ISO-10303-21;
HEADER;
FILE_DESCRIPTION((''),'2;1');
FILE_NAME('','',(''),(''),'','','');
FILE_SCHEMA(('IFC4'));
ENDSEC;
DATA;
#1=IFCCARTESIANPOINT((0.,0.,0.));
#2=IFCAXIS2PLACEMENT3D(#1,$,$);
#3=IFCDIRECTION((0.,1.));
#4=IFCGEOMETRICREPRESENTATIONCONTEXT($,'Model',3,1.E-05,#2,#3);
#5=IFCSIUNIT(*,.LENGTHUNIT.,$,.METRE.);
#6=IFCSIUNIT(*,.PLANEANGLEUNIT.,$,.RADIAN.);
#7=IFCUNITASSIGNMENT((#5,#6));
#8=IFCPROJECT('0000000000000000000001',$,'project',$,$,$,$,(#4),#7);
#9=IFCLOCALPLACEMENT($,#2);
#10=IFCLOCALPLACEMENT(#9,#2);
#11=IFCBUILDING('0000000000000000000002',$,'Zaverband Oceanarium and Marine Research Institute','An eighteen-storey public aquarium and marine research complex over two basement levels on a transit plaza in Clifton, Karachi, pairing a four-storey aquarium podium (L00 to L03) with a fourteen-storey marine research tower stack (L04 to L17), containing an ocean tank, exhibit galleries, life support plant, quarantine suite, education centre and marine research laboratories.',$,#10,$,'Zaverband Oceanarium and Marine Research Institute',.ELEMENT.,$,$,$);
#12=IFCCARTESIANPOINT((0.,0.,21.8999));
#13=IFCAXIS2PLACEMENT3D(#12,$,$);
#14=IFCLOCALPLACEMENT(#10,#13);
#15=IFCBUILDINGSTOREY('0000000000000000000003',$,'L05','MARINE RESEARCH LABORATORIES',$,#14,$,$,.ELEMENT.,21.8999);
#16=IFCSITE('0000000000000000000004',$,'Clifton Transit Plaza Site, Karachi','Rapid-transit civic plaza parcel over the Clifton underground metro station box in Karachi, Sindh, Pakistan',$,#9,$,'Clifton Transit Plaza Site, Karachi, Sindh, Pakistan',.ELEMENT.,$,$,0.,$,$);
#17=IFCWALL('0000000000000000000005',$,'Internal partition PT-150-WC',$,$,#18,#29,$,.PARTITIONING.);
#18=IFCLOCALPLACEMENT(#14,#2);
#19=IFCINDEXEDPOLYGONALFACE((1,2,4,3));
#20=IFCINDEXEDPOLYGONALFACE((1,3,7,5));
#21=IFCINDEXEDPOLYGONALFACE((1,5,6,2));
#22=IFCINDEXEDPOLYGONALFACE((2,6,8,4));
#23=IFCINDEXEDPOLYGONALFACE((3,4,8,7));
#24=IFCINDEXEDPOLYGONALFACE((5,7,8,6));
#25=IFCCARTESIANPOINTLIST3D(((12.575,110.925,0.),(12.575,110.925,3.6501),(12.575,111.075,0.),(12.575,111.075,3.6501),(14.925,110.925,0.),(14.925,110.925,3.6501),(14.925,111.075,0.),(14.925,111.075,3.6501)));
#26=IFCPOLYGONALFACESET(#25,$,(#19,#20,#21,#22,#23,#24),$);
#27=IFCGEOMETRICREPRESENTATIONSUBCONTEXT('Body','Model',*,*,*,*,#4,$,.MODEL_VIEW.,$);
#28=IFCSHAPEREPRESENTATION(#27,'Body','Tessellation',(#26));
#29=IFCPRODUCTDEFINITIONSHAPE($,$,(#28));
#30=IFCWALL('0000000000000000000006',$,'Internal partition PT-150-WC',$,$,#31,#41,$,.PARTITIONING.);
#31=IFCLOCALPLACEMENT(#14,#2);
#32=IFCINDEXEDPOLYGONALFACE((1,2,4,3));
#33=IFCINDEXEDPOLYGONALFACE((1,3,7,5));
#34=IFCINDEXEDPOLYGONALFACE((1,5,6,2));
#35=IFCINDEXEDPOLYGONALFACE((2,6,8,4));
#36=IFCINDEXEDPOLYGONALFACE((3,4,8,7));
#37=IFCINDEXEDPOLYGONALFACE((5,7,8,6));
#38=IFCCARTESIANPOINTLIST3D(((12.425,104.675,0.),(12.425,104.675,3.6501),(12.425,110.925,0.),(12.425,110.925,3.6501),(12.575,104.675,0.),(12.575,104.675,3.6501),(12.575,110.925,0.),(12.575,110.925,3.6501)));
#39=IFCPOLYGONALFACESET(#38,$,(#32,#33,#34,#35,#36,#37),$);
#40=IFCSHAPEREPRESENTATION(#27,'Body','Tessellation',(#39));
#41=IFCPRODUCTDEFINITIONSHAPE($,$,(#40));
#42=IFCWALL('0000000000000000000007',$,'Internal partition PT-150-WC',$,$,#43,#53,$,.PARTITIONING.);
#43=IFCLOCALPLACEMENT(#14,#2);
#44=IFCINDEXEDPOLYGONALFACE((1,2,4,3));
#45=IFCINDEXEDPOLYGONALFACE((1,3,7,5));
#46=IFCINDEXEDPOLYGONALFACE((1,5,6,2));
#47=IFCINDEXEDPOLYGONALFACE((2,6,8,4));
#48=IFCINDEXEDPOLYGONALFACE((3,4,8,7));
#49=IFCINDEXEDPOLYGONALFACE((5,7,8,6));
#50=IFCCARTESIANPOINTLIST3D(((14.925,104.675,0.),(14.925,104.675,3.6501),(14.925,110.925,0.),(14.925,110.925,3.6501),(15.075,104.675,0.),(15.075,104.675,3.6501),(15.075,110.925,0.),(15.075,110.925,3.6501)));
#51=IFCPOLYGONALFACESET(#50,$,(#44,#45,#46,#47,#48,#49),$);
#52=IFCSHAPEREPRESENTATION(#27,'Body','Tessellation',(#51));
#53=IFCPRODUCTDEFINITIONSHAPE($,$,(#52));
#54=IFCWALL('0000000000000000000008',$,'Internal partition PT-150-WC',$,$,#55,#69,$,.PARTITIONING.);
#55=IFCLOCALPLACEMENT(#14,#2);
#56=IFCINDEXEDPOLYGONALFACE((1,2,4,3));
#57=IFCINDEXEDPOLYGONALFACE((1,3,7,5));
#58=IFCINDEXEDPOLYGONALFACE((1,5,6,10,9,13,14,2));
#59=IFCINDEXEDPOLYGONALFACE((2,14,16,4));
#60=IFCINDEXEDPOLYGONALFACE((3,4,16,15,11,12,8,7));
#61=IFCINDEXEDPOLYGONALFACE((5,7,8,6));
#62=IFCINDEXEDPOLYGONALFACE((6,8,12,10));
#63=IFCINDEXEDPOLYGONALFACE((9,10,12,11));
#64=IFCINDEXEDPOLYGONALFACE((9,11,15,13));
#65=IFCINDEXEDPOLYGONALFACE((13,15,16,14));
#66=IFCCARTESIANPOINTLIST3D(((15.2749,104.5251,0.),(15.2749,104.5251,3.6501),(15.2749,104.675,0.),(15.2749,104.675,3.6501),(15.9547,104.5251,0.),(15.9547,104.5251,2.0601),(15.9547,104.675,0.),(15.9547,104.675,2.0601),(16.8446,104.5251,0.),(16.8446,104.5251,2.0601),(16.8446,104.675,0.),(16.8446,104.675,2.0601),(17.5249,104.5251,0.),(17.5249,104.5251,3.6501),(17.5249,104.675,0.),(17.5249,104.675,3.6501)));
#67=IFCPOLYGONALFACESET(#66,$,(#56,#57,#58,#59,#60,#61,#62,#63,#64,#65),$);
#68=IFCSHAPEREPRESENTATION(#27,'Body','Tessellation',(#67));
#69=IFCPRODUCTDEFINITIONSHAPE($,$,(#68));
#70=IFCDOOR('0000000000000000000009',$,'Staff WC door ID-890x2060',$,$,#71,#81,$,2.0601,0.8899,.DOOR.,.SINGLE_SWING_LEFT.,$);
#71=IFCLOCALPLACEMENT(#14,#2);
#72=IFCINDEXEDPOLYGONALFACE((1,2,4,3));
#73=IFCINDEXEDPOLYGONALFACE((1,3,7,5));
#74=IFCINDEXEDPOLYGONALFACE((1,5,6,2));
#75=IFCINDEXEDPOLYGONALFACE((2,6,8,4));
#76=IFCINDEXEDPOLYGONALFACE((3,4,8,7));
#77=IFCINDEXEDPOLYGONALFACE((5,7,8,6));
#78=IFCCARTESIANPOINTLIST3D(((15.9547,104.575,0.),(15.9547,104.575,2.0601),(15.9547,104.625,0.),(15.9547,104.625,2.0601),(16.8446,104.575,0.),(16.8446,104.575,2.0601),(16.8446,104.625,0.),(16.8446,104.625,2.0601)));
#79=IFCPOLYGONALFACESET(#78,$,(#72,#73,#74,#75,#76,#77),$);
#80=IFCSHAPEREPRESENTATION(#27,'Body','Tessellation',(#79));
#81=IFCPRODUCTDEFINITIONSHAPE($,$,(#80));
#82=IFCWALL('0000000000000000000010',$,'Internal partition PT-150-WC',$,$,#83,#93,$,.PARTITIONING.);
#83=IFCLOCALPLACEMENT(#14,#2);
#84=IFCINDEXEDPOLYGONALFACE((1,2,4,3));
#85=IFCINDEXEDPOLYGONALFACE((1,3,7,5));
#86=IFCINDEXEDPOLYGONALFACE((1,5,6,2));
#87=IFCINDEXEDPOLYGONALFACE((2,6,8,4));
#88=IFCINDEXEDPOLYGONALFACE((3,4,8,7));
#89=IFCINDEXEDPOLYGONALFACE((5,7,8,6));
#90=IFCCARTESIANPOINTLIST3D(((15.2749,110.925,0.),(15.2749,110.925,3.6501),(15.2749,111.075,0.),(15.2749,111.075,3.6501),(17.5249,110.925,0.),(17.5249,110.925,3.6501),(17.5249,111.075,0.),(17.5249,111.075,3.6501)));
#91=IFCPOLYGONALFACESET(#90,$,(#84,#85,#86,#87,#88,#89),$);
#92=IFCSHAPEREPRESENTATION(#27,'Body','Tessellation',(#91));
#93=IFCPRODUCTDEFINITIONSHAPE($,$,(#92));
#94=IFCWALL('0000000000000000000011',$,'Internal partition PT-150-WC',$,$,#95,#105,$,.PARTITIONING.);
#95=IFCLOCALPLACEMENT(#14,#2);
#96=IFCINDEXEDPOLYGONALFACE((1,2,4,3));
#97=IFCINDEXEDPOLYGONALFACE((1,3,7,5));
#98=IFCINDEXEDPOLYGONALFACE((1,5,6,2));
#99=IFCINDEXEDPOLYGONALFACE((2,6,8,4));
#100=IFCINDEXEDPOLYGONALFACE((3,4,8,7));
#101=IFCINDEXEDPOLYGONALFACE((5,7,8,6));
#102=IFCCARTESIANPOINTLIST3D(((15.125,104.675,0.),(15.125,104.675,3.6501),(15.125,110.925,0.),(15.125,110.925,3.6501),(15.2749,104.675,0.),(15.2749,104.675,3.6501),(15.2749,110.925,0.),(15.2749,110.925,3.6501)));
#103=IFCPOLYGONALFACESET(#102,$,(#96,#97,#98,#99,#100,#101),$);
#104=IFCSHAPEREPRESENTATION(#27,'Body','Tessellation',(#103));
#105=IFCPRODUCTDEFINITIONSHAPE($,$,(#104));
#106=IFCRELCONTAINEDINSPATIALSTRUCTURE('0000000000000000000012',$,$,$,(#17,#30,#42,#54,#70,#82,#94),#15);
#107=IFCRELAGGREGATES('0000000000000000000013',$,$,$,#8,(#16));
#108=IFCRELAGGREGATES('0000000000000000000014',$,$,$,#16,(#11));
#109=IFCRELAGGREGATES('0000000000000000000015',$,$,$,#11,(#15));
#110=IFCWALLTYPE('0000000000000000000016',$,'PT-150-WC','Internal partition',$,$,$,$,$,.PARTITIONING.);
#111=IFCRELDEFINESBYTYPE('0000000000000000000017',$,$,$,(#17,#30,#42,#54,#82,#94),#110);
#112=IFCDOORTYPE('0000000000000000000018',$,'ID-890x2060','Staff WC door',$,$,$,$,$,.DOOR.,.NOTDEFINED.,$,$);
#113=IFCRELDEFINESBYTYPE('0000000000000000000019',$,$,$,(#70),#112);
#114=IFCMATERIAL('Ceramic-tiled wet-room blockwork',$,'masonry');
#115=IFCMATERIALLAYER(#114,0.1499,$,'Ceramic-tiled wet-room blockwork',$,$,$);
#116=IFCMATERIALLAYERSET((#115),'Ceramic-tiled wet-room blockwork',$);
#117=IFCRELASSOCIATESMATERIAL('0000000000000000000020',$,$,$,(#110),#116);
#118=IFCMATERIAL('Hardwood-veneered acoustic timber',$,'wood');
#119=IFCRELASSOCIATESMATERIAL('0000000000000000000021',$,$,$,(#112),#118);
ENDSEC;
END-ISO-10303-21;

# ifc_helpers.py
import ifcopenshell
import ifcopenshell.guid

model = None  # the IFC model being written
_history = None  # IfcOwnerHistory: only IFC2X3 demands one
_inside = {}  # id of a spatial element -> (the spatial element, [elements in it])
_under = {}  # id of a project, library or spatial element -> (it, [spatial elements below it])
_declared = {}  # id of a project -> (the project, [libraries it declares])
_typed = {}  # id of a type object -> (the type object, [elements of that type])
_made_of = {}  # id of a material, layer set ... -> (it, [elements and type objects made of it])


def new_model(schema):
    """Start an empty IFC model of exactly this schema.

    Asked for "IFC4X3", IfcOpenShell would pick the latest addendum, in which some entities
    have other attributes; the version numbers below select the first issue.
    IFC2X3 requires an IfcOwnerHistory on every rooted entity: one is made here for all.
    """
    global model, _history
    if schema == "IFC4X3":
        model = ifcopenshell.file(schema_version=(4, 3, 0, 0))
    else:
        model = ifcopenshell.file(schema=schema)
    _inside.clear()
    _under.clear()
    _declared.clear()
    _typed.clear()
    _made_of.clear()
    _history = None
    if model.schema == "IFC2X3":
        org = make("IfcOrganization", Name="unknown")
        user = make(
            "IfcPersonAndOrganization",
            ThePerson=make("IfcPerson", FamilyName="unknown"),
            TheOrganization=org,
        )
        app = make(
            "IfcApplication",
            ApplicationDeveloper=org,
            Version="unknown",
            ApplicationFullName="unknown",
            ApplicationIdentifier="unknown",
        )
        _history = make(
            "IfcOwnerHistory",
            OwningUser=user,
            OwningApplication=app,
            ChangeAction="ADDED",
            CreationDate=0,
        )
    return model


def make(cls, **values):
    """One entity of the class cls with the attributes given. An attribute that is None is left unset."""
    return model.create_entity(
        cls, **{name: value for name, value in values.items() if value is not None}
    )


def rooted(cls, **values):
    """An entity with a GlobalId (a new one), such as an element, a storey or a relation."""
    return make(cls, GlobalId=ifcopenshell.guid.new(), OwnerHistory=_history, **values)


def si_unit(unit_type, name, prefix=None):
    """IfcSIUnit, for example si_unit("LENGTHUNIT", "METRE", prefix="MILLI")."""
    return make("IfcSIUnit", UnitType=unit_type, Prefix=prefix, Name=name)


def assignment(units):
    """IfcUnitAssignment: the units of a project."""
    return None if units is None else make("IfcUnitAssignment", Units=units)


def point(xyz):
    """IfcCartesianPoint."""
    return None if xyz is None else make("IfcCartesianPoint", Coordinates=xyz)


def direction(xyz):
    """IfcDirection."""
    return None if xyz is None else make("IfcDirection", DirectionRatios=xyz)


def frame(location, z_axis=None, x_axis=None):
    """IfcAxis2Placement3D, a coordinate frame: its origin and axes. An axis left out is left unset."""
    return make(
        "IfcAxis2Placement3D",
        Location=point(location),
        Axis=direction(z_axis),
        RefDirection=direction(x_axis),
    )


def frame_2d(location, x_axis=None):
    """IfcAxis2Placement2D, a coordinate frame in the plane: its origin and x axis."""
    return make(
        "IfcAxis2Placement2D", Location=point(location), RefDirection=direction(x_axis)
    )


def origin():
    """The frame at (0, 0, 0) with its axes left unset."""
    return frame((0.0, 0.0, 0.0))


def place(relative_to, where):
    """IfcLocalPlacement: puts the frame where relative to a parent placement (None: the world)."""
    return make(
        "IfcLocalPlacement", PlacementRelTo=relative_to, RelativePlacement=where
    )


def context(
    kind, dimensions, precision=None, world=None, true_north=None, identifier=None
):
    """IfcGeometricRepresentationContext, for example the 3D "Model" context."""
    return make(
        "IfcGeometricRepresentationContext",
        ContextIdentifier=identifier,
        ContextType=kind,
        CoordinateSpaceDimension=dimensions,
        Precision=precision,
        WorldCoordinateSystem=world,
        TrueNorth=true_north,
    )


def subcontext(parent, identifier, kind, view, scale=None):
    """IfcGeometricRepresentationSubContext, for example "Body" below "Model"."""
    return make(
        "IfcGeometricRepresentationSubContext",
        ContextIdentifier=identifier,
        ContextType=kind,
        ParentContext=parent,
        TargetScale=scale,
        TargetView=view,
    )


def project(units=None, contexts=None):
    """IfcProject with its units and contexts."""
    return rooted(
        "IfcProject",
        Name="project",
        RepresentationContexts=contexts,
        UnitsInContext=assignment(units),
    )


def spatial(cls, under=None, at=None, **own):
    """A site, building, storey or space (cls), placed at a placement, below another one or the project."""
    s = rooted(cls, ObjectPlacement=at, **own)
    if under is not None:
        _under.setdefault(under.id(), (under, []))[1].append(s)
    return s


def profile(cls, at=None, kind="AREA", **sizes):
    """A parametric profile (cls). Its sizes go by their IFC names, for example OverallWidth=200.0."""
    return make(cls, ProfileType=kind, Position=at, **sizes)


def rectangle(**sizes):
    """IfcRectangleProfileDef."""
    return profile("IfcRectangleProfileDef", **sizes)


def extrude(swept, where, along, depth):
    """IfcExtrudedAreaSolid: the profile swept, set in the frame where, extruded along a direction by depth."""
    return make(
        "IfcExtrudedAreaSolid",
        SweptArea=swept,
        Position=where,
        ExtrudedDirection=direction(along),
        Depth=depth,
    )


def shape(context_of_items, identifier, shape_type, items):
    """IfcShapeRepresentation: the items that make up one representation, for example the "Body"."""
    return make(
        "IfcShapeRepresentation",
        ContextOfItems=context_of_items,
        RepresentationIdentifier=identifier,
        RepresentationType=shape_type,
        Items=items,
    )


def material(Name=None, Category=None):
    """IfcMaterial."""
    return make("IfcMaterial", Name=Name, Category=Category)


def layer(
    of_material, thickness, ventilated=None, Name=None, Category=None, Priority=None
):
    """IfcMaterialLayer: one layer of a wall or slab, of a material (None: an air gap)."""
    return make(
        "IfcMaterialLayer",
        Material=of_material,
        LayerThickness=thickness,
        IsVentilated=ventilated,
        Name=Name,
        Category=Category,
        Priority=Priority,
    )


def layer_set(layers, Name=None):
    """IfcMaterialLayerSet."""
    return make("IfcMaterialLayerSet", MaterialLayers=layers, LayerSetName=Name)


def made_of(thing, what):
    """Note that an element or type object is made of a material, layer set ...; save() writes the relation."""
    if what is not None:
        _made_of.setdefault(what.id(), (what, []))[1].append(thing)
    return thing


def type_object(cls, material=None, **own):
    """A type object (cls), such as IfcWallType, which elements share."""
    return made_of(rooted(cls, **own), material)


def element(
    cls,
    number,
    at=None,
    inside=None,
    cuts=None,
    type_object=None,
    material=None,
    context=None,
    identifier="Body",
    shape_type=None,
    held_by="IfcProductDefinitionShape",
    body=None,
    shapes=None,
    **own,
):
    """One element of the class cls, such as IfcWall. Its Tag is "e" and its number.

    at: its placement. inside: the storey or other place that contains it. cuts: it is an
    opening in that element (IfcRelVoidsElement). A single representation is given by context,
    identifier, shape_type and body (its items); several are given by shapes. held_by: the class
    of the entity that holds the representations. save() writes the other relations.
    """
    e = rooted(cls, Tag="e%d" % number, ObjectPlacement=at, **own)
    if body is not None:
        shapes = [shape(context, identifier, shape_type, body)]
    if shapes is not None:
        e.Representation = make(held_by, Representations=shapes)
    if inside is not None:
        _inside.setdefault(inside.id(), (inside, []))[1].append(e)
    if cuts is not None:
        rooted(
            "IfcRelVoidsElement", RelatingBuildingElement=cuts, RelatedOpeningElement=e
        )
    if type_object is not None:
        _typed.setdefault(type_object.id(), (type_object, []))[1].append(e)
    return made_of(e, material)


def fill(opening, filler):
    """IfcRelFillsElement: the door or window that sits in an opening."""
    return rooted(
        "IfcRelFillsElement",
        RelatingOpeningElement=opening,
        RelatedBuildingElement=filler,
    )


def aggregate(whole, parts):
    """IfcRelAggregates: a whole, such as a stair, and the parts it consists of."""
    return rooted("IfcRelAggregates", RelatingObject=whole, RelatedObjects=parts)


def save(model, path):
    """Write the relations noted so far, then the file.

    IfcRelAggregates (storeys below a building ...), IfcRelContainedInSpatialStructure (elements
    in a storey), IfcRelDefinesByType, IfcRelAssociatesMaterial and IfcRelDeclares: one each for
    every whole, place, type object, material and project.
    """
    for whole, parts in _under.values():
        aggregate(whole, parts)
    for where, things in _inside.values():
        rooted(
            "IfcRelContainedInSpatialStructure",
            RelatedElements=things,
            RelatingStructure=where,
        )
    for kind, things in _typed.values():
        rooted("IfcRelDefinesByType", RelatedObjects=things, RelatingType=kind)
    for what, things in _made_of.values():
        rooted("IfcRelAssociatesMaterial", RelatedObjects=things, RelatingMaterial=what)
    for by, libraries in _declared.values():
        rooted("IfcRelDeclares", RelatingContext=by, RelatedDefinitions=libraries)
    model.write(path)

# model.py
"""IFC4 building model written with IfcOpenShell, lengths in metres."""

from ifc_helpers import new_model, si_unit, direction, frame, frame_2d, origin, place, context, subcontext, project, spatial, rectangle, extrude, material, layer, layer_set, type_object, element, fill, save


model = new_model("IFC4")

# Units and contexts
model_context = context("Model", 3, precision=1e-05, world=origin(), true_north=direction((0.0, 1.0)))
body_context = subcontext(model_context, "Body", "Model", "MODEL_VIEW")
ifc_project = project(units=[si_unit("LENGTHUNIT", "METRE"), si_unit("PLANEANGLEUNIT", "RADIAN")], contexts=[model_context])

# Site, building, storey
site_placement = place(None, origin())
site = spatial("IfcSite", under=ifc_project, at=site_placement, Name="Clifton Transit Plaza Site, Karachi", Description="Rapid-transit civic plaza parcel over the Clifton underground metro station box in Karachi, Sindh, Pakistan", LongName="Clifton Transit Plaza Site, Karachi, Sindh, Pakistan", CompositionType="ELEMENT", RefElevation=0.0)
building_placement = place(site_placement, origin())
building = spatial("IfcBuilding", under=site, at=building_placement, Name="Zaverband Oceanarium and Marine Research Institute", Description="An eighteen-storey public aquarium and marine research complex over two basement levels on a transit plaza in Clifton, Karachi, pairing a four-storey aquarium podium (L00 to L03) with a fourteen-storey marine research tower stack (L04 to L17), containing an ocean tank, exhibit galleries, life support plant, quarantine suite, education centre and marine research laboratories.", LongName="Zaverband Oceanarium and Marine Research Institute", CompositionType="ELEMENT")
storey_placement = place(building_placement, frame((0.0, 0.0, 21.8999)))
storey = spatial("IfcBuildingStorey", under=building, at=storey_placement, Name="L05", Description="MARINE RESEARCH LABORATORIES", CompositionType="ELEMENT", Elevation=21.8999)

# Shared definitions
ifc_material_1 = material(Name="Ceramic-tiled wet-room blockwork", Category="masonry")
ifc_layer_1 = layer(ifc_material_1, 0.1499, Name="Ceramic-tiled wet-room blockwork")
ifc_layer_set_1 = layer_set([ifc_layer_1], Name="Ceramic-tiled wet-room blockwork")
wall_type_1 = type_object("IfcWallType", Name="PT-150-WC", Description="Internal partition", PredefinedType="PARTITIONING", material=ifc_layer_set_1)
ifc_material_2 = material(Name="Hardwood-veneered acoustic timber", Category="wood")

# Walls
wall_1_placement = place(storey_placement, frame((12.575, 111.0, 0.0), z_axis=(0.0, 0.0, 1.0), x_axis=(1.0, 0.0, 0.0)))
element("IfcWall", 1, at=wall_1_placement, inside=storey, type_object=wall_type_1, Name="Internal partition PT-150-WC", PredefinedType="PARTITIONING", context=body_context, shape_type="SweptSolid", body=[
    extrude(rectangle(XDim=2.3501, YDim=0.1499, at=frame_2d((1.175, 0.0))), origin(), (0.0, 0.0, 1.0), 3.6501),
])
for number, where, z_axis, x_axis, name in (
    (2, (12.5, 104.675, 0.0), (0.0, 0.0, 1.0), (0.0, 1.0, 0.0), "Internal partition PT-150-WC"),
    (3, (15.0, 104.675, 0.0), (0.0, 0.0, 1.0), (0.0, 1.0, 0.0), "Internal partition PT-150-WC"),
):
    element("IfcWall", number, at=place(storey_placement, frame(where, z_axis=z_axis, x_axis=x_axis)), inside=storey, type_object=wall_type_1, Name=name, PredefinedType="PARTITIONING", context=body_context, shape_type="SweptSolid", body=[
        extrude(rectangle(XDim=6.25, YDim=0.1499, at=frame_2d((3.125, 0.0))), origin(), (0.0, 0.0, 1.0), 3.6501),
    ])

# Wall, opening, door
wall_2_placement = place(storey_placement, frame((15.2749, 104.6001, 0.0), z_axis=(0.0, 0.0, 1.0), x_axis=(1.0, 0.0, 0.0)))
wall_2 = element("IfcWall", 4, at=wall_2_placement, inside=storey, type_object=wall_type_1, Name="Internal partition PT-150-WC", PredefinedType="PARTITIONING", context=body_context, shape_type="SweptSolid", body=[
    extrude(rectangle(XDim=2.25, YDim=0.1499, at=frame_2d((1.125, 0.0))), origin(), (0.0, 0.0, 1.0), 3.6501),
])
opening_1_placement = place(wall_2_placement, frame((0.6799, 0.0, 0.0)))
opening_1 = element("IfcOpeningElement", 5, at=opening_1_placement, cuts=wall_2, PredefinedType="OPENING", context=body_context, shape_type="SweptSolid", body=[
    extrude(rectangle(XDim=0.8899, YDim=2.0601, at=frame_2d((0.4448, 1.03))), frame((0.0, 0.0869, 0.0), z_axis=(0.0, -1.0, 0.0), x_axis=(1.0, 0.0, 0.0)), (0.0, 0.0, 1.0), 0.1738),
])
door_type_1 = type_object("IfcDoorType", Name="ID-890x2060", Description="Staff WC door", OperationType="NOTDEFINED", PredefinedType="DOOR", material=ifc_material_2)
door_1_placement = place(opening_1_placement, origin())
door_1 = element("IfcDoor", 6, at=door_1_placement, inside=storey, type_object=door_type_1, Name="Staff WC door ID-890x2060", OperationType="SINGLE_SWING_LEFT", OverallHeight=2.0601, OverallWidth=0.8899, PredefinedType="DOOR", context=body_context, shape_type="SweptSolid", body=[
    extrude(rectangle(XDim=0.8899, YDim=2.0601, at=frame_2d((0.4448, 1.03))), frame((0.0, 0.0249, 0.0), z_axis=(0.0, -1.0, 0.0), x_axis=(1.0, 0.0, 0.0)), (0.0, 0.0, 1.0), 0.05),
])
fill(opening_1, door_1)

# Walls
wall_3_placement = place(storey_placement, frame((15.2749, 111.0, 0.0), z_axis=(0.0, 0.0, 1.0), x_axis=(1.0, 0.0, 0.0)))
element("IfcWall", 7, at=wall_3_placement, inside=storey, type_object=wall_type_1, Name="Internal partition PT-150-WC", PredefinedType="PARTITIONING", context=body_context, shape_type="SweptSolid", body=[
    extrude(rectangle(XDim=2.25, YDim=0.1499, at=frame_2d((1.125, 0.0))), origin(), (0.0, 0.0, 1.0), 3.6501),
])
wall_4_placement = place(storey_placement, frame((15.2, 104.675, 0.0), z_axis=(0.0, 0.0, 1.0), x_axis=(0.0, 1.0, 0.0)))
element("IfcWall", 8, at=wall_4_placement, inside=storey, type_object=wall_type_1, Name="Internal partition PT-150-WC", PredefinedType="PARTITIONING", context=body_context, shape_type="SweptSolid", body=[
    extrude(rectangle(XDim=6.25, YDim=0.1499, at=frame_2d((3.125, 0.0))), origin(), (0.0, 0.0, 1.0), 3.6501),
])

save(model, "model.ifc")
